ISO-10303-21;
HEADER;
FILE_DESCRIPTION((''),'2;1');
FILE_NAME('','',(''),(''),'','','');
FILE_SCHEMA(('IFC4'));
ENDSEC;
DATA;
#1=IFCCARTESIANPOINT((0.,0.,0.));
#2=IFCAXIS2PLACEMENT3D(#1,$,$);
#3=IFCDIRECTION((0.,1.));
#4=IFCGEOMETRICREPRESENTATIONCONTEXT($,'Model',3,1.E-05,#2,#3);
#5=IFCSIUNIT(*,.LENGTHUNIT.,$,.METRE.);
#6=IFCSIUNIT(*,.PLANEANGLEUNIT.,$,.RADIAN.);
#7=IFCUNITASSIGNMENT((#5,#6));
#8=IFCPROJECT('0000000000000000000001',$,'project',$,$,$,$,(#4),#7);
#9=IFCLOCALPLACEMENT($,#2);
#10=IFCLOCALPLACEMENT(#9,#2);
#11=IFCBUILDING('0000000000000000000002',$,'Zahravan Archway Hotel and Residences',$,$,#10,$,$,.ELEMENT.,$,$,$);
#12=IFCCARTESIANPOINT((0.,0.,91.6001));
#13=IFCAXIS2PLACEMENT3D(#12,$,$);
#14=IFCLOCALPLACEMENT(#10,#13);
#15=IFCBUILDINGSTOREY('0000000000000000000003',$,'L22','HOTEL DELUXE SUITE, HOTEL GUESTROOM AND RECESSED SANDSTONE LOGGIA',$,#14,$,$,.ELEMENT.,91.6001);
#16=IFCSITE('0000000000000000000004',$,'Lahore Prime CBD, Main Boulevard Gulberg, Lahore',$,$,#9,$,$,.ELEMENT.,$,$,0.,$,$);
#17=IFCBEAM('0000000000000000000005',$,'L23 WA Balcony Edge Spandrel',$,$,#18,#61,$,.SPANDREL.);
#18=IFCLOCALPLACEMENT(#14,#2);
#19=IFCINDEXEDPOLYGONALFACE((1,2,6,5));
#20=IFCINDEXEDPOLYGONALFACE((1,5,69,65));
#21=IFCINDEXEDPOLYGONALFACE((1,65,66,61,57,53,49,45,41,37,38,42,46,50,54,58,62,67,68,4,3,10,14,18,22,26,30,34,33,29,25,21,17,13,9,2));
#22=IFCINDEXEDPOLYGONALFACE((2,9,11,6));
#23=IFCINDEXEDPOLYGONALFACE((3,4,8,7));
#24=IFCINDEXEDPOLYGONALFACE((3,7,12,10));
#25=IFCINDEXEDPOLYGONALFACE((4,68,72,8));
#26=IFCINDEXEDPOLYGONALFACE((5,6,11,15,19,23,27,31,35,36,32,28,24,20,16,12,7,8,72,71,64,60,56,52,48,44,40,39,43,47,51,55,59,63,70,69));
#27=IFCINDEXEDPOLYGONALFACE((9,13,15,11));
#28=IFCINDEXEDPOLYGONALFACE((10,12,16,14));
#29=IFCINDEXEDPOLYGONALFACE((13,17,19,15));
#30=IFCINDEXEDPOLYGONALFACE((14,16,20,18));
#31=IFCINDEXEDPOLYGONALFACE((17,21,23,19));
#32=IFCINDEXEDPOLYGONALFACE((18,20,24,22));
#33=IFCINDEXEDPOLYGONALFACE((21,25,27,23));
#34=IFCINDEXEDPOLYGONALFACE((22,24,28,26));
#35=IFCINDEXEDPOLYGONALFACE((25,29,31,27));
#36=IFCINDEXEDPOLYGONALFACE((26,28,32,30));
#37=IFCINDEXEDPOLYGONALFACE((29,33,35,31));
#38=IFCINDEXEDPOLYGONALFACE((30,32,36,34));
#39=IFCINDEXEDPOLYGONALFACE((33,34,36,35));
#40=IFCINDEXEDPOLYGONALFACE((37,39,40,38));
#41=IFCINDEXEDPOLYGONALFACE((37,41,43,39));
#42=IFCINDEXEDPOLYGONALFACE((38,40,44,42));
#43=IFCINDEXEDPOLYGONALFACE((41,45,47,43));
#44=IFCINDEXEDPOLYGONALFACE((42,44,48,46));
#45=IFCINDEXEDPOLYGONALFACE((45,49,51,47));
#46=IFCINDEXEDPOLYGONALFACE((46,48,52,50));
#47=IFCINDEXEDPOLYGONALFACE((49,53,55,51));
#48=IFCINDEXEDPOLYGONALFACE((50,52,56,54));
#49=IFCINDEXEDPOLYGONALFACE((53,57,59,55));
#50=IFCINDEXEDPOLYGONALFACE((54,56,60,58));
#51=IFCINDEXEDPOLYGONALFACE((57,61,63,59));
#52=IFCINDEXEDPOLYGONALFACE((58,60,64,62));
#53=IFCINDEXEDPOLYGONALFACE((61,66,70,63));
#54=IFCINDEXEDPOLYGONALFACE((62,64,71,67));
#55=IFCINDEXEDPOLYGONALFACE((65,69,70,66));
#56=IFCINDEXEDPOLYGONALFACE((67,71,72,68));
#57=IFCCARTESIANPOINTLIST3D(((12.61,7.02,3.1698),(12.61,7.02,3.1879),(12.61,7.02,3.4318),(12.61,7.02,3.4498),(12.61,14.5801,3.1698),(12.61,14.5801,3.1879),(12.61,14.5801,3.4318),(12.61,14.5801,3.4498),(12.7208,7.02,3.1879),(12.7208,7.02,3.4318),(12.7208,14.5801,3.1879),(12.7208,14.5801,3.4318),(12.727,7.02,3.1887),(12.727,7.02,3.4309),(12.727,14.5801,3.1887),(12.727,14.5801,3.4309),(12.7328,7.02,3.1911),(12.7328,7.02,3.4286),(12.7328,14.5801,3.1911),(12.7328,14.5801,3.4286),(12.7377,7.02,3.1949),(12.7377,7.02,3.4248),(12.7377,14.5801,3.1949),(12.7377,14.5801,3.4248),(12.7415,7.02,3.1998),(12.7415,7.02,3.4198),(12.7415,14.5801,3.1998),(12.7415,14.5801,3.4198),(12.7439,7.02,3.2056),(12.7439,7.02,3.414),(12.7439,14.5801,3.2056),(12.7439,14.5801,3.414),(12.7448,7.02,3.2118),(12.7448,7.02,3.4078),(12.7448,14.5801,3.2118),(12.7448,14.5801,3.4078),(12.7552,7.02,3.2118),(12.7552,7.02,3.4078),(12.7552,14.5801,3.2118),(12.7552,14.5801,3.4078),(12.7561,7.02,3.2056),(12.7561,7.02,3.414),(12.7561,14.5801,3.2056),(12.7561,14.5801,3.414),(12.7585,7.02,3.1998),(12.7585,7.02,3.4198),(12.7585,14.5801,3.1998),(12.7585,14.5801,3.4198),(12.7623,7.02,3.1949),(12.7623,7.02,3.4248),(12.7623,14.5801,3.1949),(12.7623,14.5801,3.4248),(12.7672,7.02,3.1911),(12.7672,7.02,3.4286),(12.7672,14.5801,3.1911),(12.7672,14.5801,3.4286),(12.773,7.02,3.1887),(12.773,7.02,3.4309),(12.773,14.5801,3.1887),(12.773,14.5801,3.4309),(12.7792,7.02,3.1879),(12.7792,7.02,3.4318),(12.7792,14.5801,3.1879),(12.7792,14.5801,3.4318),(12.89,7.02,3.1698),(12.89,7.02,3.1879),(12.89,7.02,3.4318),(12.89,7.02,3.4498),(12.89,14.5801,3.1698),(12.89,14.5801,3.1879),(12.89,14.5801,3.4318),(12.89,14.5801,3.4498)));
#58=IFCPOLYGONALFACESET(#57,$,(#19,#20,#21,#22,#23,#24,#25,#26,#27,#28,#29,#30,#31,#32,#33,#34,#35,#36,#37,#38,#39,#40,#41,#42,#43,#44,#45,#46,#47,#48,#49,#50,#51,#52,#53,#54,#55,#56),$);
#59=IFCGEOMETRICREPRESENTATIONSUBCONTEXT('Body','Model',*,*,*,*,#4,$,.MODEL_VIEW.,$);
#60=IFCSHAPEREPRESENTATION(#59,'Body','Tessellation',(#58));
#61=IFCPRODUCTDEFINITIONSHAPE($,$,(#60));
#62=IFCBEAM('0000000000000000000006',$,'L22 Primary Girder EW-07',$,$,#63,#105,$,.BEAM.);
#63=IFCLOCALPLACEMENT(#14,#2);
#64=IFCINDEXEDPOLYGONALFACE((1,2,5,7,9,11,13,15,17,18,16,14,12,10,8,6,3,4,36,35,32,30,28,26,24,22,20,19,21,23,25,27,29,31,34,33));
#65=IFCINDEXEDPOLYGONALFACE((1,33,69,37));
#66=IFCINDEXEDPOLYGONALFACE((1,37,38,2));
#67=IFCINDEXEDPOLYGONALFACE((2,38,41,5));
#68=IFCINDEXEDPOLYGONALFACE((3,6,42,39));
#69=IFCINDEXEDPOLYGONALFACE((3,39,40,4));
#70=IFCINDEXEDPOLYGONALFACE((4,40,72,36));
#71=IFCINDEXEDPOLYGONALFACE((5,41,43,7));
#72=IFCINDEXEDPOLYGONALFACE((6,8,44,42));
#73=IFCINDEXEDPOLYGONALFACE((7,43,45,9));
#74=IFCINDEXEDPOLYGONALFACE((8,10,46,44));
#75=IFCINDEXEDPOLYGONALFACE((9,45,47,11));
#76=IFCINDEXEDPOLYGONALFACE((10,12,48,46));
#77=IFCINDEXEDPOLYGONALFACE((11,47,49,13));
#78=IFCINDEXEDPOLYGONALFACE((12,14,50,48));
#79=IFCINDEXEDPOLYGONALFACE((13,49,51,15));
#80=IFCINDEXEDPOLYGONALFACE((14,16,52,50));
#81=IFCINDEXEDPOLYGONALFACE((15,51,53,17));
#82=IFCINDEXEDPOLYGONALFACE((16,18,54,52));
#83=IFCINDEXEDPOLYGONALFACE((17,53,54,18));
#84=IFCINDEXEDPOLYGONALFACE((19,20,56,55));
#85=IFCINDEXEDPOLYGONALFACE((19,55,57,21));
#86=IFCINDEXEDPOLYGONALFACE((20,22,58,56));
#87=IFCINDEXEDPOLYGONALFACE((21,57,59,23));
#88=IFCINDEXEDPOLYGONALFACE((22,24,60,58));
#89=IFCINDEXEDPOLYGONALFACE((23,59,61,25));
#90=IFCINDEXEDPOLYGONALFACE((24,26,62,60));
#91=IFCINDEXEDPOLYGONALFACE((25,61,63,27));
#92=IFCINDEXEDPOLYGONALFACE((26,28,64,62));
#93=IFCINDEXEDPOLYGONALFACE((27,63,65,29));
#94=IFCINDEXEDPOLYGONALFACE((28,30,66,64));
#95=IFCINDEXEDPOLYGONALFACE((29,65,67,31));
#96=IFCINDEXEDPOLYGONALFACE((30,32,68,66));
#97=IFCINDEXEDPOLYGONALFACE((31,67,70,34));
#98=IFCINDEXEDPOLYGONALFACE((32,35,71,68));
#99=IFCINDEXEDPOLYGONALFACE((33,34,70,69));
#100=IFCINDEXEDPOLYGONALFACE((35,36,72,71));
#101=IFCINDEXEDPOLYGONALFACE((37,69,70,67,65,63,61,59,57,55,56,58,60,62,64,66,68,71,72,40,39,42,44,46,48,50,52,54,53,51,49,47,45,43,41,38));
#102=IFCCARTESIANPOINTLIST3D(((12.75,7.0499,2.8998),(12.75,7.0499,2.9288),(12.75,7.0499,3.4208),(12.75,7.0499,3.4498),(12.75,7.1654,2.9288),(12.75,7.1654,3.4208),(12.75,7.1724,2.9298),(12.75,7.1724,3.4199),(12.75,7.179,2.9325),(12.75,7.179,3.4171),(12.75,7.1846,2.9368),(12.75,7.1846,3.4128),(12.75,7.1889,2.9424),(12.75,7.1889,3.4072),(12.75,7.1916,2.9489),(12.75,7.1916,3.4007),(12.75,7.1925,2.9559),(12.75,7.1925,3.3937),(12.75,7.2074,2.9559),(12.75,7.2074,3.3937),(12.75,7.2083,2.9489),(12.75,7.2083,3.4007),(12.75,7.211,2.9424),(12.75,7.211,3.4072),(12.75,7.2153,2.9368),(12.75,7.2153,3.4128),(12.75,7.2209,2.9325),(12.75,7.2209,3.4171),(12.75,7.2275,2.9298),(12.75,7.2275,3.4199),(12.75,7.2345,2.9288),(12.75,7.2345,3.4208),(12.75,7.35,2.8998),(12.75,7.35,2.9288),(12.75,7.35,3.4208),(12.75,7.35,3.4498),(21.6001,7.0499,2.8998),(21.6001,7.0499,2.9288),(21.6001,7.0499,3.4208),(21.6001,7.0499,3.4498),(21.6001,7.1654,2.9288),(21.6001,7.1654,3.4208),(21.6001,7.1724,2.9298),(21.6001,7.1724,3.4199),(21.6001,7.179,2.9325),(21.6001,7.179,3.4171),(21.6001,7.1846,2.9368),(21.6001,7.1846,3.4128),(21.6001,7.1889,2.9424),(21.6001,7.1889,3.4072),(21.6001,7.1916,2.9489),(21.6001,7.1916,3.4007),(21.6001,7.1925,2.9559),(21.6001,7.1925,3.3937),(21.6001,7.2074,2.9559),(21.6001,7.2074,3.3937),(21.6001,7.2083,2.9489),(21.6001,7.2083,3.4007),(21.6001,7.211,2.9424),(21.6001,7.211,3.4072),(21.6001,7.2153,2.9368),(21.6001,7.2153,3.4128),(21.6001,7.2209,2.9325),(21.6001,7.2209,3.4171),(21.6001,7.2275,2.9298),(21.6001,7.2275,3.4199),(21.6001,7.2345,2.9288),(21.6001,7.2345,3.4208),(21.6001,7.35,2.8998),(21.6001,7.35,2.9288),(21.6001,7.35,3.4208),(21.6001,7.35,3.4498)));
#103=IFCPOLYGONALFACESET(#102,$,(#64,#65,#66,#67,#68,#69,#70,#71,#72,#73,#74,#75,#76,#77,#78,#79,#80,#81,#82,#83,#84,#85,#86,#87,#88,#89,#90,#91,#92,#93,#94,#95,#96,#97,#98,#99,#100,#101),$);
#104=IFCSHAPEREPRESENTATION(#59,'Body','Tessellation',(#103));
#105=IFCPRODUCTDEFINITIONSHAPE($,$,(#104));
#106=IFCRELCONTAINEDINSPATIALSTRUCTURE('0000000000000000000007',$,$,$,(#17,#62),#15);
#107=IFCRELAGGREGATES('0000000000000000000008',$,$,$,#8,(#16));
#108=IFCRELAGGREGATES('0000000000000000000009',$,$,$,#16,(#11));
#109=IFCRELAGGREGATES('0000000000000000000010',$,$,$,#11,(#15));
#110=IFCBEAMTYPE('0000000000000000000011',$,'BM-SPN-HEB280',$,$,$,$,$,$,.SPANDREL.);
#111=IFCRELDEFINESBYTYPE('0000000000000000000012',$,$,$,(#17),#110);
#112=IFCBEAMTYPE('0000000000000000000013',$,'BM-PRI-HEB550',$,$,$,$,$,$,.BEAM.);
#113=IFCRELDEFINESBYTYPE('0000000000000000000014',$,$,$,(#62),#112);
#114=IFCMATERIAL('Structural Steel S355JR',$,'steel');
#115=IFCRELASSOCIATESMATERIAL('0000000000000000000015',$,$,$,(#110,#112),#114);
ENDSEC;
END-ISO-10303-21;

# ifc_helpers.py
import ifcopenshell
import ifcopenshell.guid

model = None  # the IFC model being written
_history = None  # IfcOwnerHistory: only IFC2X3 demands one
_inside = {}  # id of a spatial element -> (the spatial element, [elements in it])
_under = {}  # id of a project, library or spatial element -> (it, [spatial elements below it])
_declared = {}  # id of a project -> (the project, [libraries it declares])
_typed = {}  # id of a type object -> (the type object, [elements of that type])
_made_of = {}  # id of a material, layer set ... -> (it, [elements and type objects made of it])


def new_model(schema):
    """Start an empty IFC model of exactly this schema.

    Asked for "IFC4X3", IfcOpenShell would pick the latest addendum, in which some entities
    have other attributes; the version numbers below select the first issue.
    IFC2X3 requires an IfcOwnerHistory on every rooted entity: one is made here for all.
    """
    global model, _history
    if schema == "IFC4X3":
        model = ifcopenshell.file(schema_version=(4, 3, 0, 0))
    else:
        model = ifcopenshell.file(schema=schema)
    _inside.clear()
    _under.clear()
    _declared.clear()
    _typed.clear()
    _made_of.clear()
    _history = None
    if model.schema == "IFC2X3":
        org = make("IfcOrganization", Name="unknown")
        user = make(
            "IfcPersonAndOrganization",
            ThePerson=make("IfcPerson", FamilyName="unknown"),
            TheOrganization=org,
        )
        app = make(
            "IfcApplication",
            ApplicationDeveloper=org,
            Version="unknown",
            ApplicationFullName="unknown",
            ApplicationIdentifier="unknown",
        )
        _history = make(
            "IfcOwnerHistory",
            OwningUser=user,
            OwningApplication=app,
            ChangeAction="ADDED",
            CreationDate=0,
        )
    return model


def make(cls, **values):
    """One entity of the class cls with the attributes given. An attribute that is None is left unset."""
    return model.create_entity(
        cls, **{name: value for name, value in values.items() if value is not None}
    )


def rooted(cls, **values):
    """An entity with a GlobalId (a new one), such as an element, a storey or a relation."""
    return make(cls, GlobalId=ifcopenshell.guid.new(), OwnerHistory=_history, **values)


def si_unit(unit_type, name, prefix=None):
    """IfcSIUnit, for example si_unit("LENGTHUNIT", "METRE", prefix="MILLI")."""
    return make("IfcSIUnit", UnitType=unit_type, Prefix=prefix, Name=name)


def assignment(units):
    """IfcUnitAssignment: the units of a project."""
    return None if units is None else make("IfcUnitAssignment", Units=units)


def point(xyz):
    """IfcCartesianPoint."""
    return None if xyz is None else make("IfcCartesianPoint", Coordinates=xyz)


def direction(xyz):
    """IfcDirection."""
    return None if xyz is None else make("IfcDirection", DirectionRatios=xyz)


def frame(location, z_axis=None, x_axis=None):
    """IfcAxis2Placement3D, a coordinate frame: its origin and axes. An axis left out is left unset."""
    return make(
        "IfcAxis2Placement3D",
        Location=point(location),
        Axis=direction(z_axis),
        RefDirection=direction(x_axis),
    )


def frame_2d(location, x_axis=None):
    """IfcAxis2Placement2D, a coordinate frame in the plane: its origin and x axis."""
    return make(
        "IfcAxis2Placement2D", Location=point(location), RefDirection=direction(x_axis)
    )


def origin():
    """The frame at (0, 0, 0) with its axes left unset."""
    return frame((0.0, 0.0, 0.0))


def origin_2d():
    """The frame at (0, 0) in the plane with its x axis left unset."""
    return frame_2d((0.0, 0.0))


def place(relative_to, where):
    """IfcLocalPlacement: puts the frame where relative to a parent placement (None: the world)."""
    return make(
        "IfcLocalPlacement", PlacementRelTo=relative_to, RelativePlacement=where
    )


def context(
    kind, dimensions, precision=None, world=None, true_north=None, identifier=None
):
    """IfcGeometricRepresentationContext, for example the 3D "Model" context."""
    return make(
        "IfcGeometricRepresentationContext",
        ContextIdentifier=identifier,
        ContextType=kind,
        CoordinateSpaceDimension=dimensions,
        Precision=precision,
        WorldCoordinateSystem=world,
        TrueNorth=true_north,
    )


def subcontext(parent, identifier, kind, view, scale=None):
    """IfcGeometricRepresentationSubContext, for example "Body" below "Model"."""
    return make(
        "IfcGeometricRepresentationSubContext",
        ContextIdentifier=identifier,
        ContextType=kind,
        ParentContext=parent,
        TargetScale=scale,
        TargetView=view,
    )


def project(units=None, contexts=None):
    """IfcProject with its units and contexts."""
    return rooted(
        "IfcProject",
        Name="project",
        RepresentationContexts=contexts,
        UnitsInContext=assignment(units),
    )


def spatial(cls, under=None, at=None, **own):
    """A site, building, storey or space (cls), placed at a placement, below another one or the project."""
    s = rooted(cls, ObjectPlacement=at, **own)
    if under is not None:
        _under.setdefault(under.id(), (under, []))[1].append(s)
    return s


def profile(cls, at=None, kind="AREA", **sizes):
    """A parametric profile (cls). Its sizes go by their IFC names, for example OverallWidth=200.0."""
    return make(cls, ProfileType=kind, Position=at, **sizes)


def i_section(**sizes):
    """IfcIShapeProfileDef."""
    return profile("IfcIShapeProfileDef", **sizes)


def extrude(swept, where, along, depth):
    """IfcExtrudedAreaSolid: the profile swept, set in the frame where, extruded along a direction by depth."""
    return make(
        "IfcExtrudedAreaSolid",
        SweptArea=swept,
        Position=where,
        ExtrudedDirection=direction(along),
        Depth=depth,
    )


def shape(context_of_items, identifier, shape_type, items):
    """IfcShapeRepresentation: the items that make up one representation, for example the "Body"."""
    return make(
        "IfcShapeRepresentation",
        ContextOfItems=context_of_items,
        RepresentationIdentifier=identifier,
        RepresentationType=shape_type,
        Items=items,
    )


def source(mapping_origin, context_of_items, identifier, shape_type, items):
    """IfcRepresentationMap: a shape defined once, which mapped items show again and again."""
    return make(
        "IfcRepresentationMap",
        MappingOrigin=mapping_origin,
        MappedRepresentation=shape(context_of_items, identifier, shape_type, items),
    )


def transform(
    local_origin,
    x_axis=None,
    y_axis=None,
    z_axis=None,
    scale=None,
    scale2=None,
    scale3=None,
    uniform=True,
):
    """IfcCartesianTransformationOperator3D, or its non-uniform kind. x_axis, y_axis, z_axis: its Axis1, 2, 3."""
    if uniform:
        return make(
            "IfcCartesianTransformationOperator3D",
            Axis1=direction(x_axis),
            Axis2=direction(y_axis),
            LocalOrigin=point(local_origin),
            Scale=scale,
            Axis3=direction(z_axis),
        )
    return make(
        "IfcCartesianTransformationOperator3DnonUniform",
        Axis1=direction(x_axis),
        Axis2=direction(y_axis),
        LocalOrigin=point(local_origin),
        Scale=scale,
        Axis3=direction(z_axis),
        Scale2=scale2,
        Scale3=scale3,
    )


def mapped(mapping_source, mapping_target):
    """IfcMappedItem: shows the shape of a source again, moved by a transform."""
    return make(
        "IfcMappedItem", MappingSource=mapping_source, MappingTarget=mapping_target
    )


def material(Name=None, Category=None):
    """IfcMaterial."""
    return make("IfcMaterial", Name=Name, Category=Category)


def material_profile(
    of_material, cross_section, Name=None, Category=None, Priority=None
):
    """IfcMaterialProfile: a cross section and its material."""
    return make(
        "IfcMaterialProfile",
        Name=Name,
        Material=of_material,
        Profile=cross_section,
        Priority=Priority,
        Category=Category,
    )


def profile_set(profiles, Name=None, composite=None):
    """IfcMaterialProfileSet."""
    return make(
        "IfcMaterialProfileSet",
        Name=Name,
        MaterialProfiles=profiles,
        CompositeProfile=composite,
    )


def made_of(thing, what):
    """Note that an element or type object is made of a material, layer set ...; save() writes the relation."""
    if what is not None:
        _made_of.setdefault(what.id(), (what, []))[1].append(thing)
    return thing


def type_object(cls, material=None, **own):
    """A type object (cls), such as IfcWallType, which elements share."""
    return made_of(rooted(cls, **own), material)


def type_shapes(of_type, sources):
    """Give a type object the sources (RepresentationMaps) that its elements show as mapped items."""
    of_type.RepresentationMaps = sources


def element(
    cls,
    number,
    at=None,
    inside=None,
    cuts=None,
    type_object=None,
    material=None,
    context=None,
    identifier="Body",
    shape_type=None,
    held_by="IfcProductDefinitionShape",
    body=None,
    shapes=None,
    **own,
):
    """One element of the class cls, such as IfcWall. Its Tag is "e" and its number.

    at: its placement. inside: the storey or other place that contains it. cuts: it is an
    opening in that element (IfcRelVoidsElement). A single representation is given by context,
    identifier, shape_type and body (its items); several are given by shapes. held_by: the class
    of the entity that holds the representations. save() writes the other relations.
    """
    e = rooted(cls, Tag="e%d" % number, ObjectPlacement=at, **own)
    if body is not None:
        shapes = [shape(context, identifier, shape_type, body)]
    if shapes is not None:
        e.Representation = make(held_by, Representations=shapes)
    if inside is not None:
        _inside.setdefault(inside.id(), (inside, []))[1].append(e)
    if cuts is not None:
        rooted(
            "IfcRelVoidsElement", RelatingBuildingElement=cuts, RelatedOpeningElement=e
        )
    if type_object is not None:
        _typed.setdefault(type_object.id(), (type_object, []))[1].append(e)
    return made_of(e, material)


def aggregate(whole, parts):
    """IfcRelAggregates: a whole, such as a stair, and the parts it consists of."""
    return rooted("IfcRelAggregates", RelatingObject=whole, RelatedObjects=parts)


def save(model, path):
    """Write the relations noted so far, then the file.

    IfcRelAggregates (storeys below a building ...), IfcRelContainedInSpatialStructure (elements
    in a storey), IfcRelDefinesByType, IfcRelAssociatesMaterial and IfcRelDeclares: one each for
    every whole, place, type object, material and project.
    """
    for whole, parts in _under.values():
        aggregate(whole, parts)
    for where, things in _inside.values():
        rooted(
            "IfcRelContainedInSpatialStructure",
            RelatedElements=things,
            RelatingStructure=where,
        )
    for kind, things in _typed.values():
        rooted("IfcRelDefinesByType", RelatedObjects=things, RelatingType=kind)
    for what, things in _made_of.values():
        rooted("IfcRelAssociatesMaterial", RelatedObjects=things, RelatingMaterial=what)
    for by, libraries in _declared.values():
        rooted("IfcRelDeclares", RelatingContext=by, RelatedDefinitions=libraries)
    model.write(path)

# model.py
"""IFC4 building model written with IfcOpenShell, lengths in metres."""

from ifc_helpers import new_model, si_unit, direction, frame, origin, origin_2d, place, context, subcontext, project, spatial, i_section, extrude, source, transform, mapped, material, material_profile, profile_set, type_object, type_shapes, element, save


model = new_model("IFC4")

# Units and contexts
model_context = context("Model", 3, precision=1e-05, world=origin(), true_north=direction((0.0, 1.0)))
body_context = subcontext(model_context, "Body", "Model", "MODEL_VIEW")
ifc_project = project(units=[si_unit("LENGTHUNIT", "METRE"), si_unit("PLANEANGLEUNIT", "RADIAN")], contexts=[model_context])

# Site, building, storey
site_placement = place(None, origin())
site = spatial("IfcSite", under=ifc_project, at=site_placement, Name="Lahore Prime CBD, Main Boulevard Gulberg, Lahore", CompositionType="ELEMENT", RefElevation=0.0)
building_placement = place(site_placement, origin())
building = spatial("IfcBuilding", under=site, at=building_placement, Name="Zahravan Archway Hotel and Residences", CompositionType="ELEMENT")
storey_placement = place(building_placement, frame((0.0, 0.0, 91.6001)))
storey = spatial("IfcBuildingStorey", under=building, at=storey_placement, Name="L22", Description="HOTEL DELUXE SUITE, HOTEL GUESTROOM AND RECESSED SANDSTONE LOGGIA", CompositionType="ELEMENT", Elevation=91.6001)

# Beams
ifc_material_1 = material(Name="Structural Steel S355JR", Category="steel")
ifc_material_profile_1 = material_profile(ifc_material_1, i_section(OverallWidth=0.28, OverallDepth=0.28, WebThickness=0.0105, FlangeThickness=0.0181, FilletRadius=0.0239, at=origin_2d()), Name="HEB 280", Category="steel")
ifc_profile_set_1 = profile_set([ifc_material_profile_1], Name="Structural Steel S355JR")
beam_type_1 = type_object("IfcBeamType", Name="BM-SPN-HEB280", PredefinedType="SPANDREL", material=ifc_profile_set_1)
shared_shape_1 = source(origin(), body_context, "Body", "SweptSolid", [
    extrude(i_section(OverallWidth=0.28, OverallDepth=0.28, WebThickness=0.0105, FlangeThickness=0.0181, FilletRadius=0.0239, at=origin_2d()), origin(), (0.0, 0.0, 1.0), 7.5601),
])
type_shapes(beam_type_1, [shared_shape_1])
beam_1_placement = place(storey_placement, frame((12.75, 7.02, 3.3098), z_axis=(0.0, 1.0, 0.0), x_axis=(-1.0, 0.0, 0.0)))
element("IfcBeam", 1, at=beam_1_placement, inside=storey, type_object=beam_type_1, Name="L23 WA Balcony Edge Spandrel", PredefinedType="SPANDREL", context=body_context, shape_type="MappedRepresentation", body=[
    mapped(shared_shape_1, transform((0.0, 0.0, 0.0), scale=1.0)),
])
ifc_material_profile_2 = material_profile(ifc_material_1, i_section(OverallWidth=0.3, OverallDepth=0.55, WebThickness=0.0149, FlangeThickness=0.0291, FilletRadius=0.0271, at=origin_2d()), Name="HEB 550", Category="steel")
ifc_profile_set_2 = profile_set([ifc_material_profile_2], Name="Structural Steel S355JR")
beam_type_2 = type_object("IfcBeamType", Name="BM-PRI-HEB550", PredefinedType="BEAM", material=ifc_profile_set_2)
shared_shape_2 = source(origin(), body_context, "Body", "SweptSolid", [
    extrude(i_section(OverallWidth=0.3, OverallDepth=0.55, WebThickness=0.0149, FlangeThickness=0.0291, FilletRadius=0.0271, at=origin_2d()), origin(), (0.0, 0.0, 1.0), 8.8501),
])
beam_2_placement = place(storey_placement, frame((12.75, 7.2, 3.1748), z_axis=(1.0, 0.0, 0.0), x_axis=(0.0, 1.0, 0.0)))
element("IfcBeam", 2, at=beam_2_placement, inside=storey, type_object=beam_type_2, Name="L22 Primary Girder EW-07", PredefinedType="BEAM", context=body_context, shape_type="MappedRepresentation", body=[
    mapped(shared_shape_2, transform((0.0, 0.0, 0.0), scale=1.0)),
])

save(model, "model.ifc")
